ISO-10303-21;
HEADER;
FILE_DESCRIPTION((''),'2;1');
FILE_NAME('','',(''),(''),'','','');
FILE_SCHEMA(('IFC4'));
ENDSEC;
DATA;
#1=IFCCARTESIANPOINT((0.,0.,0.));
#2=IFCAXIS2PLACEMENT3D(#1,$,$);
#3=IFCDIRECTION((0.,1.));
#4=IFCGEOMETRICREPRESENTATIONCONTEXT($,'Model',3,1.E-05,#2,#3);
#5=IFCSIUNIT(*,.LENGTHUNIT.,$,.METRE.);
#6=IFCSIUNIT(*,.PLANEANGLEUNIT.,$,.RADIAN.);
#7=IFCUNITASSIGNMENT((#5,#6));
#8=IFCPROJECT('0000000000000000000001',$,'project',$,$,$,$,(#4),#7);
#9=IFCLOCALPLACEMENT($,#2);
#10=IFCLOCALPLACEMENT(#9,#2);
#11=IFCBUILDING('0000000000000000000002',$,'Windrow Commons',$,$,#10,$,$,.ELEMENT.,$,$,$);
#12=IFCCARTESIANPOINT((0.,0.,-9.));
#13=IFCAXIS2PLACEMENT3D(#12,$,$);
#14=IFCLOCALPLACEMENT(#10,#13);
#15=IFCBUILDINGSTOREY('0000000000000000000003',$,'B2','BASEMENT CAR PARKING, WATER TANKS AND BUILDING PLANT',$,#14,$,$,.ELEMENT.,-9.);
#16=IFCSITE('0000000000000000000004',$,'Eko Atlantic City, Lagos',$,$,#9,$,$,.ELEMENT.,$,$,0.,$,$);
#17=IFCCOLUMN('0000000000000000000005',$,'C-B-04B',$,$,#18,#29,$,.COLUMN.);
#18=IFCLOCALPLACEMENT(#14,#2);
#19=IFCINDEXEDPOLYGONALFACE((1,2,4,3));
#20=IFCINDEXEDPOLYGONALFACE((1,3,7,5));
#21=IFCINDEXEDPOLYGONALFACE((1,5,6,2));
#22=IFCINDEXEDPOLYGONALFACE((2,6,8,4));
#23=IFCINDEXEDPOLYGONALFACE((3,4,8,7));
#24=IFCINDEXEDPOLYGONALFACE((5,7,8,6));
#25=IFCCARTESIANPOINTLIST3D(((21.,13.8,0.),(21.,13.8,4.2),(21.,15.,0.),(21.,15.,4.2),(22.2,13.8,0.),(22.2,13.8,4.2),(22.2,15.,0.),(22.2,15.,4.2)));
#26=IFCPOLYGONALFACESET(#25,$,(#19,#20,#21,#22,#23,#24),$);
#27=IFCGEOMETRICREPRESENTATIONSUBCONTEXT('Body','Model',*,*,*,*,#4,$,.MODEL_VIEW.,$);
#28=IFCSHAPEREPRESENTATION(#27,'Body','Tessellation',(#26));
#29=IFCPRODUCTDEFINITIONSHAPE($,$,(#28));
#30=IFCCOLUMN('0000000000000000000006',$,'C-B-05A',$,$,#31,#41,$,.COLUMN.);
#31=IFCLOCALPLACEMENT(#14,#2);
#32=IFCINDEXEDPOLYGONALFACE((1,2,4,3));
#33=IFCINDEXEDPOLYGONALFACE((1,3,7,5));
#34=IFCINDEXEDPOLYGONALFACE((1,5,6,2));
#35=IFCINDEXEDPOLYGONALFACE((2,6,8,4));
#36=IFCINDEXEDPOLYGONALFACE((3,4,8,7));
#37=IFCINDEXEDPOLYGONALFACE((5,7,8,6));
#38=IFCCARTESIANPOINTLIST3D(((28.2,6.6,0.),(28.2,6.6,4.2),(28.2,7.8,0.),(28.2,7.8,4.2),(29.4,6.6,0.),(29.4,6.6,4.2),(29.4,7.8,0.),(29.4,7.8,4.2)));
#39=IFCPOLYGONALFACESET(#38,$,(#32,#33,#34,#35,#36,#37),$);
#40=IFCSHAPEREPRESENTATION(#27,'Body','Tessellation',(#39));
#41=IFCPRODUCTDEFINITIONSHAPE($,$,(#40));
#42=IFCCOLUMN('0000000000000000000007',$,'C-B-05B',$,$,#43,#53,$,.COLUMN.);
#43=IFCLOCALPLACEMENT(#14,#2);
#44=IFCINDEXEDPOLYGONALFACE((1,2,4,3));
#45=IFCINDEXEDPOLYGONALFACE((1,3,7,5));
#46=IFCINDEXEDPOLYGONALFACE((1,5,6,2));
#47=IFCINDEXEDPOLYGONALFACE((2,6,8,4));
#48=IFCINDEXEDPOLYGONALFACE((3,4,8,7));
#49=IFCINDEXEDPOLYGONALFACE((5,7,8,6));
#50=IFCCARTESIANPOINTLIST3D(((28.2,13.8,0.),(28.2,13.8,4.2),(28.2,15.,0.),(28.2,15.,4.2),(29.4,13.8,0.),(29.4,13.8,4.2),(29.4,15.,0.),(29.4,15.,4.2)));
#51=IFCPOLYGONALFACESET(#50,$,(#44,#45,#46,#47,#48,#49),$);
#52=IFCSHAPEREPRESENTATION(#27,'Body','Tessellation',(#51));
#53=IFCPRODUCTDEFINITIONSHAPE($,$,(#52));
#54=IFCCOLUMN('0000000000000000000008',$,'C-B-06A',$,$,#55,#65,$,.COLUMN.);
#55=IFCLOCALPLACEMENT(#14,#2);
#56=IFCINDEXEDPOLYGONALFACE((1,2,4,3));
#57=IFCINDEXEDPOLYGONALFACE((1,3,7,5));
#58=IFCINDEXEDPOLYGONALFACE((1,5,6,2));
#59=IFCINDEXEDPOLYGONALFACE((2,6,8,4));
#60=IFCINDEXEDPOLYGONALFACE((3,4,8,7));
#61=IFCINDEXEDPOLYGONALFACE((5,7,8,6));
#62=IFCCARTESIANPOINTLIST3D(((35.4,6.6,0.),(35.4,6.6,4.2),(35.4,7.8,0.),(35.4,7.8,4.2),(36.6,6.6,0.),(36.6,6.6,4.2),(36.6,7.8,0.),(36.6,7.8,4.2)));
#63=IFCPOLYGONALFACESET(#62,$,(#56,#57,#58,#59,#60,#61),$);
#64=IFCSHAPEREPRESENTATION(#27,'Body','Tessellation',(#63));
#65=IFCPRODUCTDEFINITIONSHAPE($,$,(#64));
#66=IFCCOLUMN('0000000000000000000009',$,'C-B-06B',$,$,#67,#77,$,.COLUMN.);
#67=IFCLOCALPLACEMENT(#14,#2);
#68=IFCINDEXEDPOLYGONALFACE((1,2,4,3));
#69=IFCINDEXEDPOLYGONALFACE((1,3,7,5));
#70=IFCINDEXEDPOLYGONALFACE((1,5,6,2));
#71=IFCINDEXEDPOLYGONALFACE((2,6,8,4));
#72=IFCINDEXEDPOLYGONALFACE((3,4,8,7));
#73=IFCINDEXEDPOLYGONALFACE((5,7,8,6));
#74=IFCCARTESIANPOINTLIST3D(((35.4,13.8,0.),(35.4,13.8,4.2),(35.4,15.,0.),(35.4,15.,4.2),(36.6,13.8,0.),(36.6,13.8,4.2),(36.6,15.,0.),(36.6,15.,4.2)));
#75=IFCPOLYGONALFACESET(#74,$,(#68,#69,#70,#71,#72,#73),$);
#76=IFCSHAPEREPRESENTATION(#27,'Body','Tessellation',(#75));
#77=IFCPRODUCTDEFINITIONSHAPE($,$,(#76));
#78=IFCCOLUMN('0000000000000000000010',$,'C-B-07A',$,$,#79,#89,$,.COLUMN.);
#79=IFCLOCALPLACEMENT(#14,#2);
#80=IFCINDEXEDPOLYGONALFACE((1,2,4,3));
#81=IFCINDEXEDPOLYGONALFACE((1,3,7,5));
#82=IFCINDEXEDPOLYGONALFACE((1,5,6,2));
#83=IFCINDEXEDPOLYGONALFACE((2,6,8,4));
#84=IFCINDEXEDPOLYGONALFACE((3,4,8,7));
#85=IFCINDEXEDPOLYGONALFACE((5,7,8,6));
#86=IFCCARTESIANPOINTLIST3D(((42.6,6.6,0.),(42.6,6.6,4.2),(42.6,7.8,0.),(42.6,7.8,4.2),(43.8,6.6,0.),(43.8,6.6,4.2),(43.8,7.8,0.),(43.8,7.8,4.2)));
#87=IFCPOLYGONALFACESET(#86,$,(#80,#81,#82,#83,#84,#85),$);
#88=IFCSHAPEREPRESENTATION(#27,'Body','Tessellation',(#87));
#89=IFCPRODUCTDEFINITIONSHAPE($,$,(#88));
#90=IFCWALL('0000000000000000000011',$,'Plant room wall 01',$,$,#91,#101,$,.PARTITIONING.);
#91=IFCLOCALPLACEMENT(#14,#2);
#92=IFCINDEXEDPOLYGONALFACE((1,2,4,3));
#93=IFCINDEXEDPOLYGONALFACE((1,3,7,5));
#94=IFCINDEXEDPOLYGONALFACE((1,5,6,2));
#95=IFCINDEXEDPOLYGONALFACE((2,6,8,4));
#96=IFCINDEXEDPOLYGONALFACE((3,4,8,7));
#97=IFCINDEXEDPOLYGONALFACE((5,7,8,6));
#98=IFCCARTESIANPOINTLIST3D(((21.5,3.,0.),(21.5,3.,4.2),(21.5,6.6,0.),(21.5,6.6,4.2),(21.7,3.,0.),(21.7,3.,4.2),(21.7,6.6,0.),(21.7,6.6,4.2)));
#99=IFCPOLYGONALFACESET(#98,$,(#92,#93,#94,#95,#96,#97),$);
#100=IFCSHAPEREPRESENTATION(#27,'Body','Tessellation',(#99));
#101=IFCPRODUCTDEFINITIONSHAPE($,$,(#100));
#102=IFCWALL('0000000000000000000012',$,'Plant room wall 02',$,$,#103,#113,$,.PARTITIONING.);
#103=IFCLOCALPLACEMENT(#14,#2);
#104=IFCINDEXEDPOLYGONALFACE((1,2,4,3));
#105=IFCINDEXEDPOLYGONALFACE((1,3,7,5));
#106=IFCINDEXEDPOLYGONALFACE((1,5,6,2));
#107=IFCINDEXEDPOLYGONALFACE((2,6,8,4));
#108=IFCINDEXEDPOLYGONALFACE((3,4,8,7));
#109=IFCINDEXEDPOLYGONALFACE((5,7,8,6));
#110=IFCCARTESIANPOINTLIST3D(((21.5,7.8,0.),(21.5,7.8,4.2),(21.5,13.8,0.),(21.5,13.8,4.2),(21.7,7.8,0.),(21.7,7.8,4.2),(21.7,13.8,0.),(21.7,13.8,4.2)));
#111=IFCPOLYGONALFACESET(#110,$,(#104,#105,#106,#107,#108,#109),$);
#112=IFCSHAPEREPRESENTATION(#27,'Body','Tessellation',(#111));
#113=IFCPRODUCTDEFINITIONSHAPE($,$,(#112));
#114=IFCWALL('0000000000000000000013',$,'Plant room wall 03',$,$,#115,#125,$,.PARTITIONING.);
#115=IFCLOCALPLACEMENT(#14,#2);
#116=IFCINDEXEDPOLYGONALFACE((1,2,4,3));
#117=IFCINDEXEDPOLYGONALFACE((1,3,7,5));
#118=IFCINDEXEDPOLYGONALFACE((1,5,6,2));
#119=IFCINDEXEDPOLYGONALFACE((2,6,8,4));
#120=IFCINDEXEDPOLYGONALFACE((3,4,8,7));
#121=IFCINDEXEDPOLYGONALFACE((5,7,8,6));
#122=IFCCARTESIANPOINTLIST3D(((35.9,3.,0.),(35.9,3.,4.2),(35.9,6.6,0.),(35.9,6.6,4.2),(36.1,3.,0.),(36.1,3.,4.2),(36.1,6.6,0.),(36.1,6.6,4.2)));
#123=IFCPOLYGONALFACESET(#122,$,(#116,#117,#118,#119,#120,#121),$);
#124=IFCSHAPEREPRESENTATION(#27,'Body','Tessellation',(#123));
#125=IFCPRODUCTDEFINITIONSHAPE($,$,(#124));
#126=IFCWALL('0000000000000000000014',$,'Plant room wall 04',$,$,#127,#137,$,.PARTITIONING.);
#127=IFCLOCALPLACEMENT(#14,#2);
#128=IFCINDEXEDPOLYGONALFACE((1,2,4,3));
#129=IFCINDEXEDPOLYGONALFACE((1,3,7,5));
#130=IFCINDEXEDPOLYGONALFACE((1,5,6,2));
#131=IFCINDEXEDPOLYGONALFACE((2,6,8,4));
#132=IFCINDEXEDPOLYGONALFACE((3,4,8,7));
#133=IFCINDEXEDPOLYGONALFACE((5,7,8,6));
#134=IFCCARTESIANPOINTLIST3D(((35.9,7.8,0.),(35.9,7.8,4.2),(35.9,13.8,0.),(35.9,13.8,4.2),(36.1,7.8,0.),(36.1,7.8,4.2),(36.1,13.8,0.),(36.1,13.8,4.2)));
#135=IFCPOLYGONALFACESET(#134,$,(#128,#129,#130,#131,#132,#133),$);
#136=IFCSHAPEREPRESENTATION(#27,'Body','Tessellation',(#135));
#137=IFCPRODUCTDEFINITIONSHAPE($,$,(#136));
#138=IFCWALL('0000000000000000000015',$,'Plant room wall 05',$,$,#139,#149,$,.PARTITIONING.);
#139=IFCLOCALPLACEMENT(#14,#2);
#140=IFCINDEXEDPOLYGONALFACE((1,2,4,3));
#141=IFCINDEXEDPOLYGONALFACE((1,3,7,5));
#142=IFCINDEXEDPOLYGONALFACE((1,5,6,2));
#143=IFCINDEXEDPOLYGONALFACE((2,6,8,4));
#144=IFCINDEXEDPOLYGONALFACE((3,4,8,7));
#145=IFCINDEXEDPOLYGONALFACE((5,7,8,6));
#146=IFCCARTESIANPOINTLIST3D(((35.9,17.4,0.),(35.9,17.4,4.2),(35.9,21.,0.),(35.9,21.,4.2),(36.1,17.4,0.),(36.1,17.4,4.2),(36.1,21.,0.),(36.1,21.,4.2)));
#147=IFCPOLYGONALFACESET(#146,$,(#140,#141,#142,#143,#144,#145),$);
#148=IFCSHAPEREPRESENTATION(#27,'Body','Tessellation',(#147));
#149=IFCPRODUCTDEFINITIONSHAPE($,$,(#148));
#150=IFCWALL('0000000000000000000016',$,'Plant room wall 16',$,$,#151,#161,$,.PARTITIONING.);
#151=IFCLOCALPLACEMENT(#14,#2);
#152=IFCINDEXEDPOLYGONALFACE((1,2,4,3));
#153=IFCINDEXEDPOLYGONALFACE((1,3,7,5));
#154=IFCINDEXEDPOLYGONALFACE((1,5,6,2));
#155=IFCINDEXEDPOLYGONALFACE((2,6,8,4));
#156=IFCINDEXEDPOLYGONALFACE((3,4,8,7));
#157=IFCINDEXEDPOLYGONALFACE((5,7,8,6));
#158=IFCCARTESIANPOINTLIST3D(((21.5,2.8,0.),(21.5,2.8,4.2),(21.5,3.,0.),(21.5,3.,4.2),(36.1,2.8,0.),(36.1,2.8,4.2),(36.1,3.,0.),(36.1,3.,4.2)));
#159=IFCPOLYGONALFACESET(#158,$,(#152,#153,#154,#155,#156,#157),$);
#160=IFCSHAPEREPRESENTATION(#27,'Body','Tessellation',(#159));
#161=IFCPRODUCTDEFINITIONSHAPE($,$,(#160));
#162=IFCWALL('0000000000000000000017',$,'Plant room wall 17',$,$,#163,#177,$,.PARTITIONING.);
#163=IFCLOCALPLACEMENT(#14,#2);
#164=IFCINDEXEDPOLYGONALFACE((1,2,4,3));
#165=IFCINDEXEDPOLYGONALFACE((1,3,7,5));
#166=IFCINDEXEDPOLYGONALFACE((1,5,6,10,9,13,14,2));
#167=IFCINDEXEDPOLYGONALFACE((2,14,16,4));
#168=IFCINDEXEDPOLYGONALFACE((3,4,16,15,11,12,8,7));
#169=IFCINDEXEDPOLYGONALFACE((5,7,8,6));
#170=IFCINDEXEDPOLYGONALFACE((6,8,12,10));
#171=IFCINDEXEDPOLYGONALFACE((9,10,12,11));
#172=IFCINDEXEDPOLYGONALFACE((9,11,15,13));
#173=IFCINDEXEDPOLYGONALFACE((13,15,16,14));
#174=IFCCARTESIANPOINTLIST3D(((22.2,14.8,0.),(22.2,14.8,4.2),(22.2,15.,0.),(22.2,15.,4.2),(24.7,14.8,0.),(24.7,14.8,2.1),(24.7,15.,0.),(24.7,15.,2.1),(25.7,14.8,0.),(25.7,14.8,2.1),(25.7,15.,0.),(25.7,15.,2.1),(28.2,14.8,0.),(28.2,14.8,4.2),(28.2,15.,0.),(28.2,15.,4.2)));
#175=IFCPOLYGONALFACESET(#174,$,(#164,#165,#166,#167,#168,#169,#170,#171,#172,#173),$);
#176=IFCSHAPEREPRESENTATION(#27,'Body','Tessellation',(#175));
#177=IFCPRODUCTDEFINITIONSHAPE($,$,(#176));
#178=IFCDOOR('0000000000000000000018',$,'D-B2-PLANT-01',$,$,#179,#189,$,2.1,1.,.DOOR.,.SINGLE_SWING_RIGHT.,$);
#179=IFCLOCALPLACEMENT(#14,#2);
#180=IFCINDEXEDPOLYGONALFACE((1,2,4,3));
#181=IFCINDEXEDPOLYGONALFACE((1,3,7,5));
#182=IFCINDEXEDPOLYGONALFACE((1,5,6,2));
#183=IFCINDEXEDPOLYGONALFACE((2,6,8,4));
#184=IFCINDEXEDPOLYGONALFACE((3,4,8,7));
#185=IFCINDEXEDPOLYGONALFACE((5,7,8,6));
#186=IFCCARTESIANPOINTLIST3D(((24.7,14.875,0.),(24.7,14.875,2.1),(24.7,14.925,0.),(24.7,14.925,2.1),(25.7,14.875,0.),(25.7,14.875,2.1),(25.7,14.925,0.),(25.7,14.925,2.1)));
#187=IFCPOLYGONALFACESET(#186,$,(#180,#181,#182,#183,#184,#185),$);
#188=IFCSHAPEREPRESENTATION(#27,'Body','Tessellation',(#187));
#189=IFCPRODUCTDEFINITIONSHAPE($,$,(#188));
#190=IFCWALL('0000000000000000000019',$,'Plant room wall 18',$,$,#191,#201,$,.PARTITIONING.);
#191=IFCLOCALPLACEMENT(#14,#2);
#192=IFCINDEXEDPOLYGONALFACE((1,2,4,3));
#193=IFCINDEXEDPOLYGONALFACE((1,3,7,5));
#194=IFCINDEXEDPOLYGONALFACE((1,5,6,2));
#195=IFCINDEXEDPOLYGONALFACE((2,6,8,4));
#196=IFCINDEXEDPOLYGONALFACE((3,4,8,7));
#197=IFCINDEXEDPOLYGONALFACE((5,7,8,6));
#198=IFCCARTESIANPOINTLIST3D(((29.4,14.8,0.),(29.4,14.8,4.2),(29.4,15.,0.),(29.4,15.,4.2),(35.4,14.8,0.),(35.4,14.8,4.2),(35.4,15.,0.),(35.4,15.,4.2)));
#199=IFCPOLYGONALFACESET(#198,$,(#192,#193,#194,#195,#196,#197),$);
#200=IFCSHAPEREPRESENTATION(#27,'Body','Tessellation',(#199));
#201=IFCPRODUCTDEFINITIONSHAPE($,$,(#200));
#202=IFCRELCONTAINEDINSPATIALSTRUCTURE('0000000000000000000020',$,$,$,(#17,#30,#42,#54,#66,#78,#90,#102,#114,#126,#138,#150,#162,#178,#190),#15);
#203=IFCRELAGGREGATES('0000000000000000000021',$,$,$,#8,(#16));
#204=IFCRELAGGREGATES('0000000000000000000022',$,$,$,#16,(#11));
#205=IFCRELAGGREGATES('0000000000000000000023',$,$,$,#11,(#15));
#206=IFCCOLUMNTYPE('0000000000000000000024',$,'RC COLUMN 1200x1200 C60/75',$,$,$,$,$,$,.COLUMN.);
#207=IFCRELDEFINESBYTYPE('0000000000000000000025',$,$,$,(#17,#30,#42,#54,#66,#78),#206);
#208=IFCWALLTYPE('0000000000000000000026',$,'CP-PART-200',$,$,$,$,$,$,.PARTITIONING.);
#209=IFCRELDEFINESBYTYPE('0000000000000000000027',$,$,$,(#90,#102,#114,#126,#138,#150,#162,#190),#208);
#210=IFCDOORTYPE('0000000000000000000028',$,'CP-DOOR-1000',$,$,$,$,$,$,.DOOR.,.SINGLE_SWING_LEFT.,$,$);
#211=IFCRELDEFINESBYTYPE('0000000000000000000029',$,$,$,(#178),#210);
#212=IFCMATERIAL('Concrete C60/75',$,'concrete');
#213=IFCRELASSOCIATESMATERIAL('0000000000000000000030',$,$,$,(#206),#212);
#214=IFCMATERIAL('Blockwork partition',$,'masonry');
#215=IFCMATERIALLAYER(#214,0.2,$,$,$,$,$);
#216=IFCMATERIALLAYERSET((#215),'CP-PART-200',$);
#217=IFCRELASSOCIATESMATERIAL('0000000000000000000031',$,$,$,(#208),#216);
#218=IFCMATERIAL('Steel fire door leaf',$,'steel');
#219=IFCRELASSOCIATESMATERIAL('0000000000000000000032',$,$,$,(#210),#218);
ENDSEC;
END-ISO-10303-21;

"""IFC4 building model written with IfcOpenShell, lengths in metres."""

from ifc_helpers import new_model, si_unit, direction, frame, frame_2d, origin, origin_2d, place, context, subcontext, project, spatial, rectangle, extrude, material, layer, layer_set, material_profile, profile_set, type_object, element, fill, save


model = new_model("IFC4")

# Units and contexts
model_context = context("Model", 3, precision=1e-05, world=origin(), true_north=direction((0.0, 1.0)))
body_context = subcontext(model_context, "Body", "Model", "MODEL_VIEW")
ifc_project = project(units=[si_unit("LENGTHUNIT", "METRE"), si_unit("PLANEANGLEUNIT", "RADIAN")], contexts=[model_context])

# Site, building, storey
site_placement = place(None, origin())
site = spatial("IfcSite", under=ifc_project, at=site_placement, Name="Eko Atlantic City, Lagos", CompositionType="ELEMENT", RefElevation=0.0)
building_placement = place(site_placement, origin())
building = spatial("IfcBuilding", under=site, at=building_placement, Name="Windrow Commons", CompositionType="ELEMENT")
storey_placement = place(building_placement, frame((0.0, 0.0, -9.0)))
storey = spatial("IfcBuildingStorey", under=building, at=storey_placement, Name="B2", Description="BASEMENT CAR PARKING, WATER TANKS AND BUILDING PLANT", CompositionType="ELEMENT", Elevation=-9.0)

# Columns
ifc_material_1 = material(Name="Concrete C60/75", Category="concrete")
ifc_material_profile_1 = material_profile(ifc_material_1, rectangle(XDim=1.2, YDim=1.2, at=origin_2d()))
ifc_profile_set_1 = profile_set([ifc_material_profile_1], Name="Concrete C60/75")
column_type = type_object("IfcColumnType", Name="RC COLUMN 1200x1200 C60/75", PredefinedType="COLUMN", material=ifc_profile_set_1)
for number, where, z_axis, x_axis, name in (
    (1, (21.6, 14.4, 0.0), (0.0, 0.0, 1.0), (1.0, 0.0, 0.0), "C-B-04B"),
    (2, (28.8, 7.2, 0.0), (0.0, 0.0, 1.0), (1.0, 0.0, 0.0), "C-B-05A"),
    (3, (28.8, 14.4, 0.0), (0.0, 0.0, 1.0), (1.0, 0.0, 0.0), "C-B-05B"),
    (4, (36.0, 7.2, 0.0), (0.0, 0.0, 1.0), (1.0, 0.0, 0.0), "C-B-06A"),
    (5, (36.0, 14.4, 0.0), (0.0, 0.0, 1.0), (1.0, 0.0, 0.0), "C-B-06B"),
    (6, (43.2, 7.2, 0.0), (0.0, 0.0, 1.0), (1.0, 0.0, 0.0), "C-B-07A"),
):
    element("IfcColumn", number, at=place(storey_placement, frame(where, z_axis=z_axis, x_axis=x_axis)), inside=storey, type_object=column_type, Name=name, PredefinedType="COLUMN", context=body_context, shape_type="SweptSolid", body=[
        extrude(rectangle(XDim=1.2, YDim=1.2, at=origin_2d()), origin(), (0.0, 0.0, 1.0), 4.2),
    ])

# Walls
ifc_material_2 = material(Name="Blockwork partition", Category="masonry")
ifc_layer_1 = layer(ifc_material_2, 0.2)
ifc_layer_set_1 = layer_set([ifc_layer_1], Name="CP-PART-200")
wall_type_1 = type_object("IfcWallType", Name="CP-PART-200", PredefinedType="PARTITIONING", material=ifc_layer_set_1)
wall_1_placement = place(storey_placement, frame((21.6, 3.0, 0.0), z_axis=(0.0, 0.0, 1.0), x_axis=(0.0, 1.0, 0.0)))
element("IfcWall", 7, at=wall_1_placement, inside=storey, type_object=wall_type_1, Name="Plant room wall 01", PredefinedType="PARTITIONING", context=body_context, shape_type="SweptSolid", body=[
    extrude(rectangle(XDim=3.6, YDim=0.2, at=frame_2d((1.8, 0.0))), origin(), (0.0, 0.0, 1.0), 4.2),
])
wall_2_placement = place(storey_placement, frame((21.6, 7.8, 0.0), z_axis=(0.0, 0.0, 1.0), x_axis=(0.0, 1.0, 0.0)))
element("IfcWall", 8, at=wall_2_placement, inside=storey, type_object=wall_type_1, Name="Plant room wall 02", PredefinedType="PARTITIONING", context=body_context, shape_type="SweptSolid", body=[
    extrude(rectangle(XDim=6.0, YDim=0.2, at=frame_2d((3.0, 0.0))), origin(), (0.0, 0.0, 1.0), 4.2),
])
wall_3_placement = place(storey_placement, frame((36.0, 3.0, 0.0), z_axis=(0.0, 0.0, 1.0), x_axis=(0.0, 1.0, 0.0)))
element("IfcWall", 9, at=wall_3_placement, inside=storey, type_object=wall_type_1, Name="Plant room wall 03", PredefinedType="PARTITIONING", context=body_context, shape_type="SweptSolid", body=[
    extrude(rectangle(XDim=3.6, YDim=0.2, at=frame_2d((1.8, 0.0))), origin(), (0.0, 0.0, 1.0), 4.2),
])
wall_4_placement = place(storey_placement, frame((36.0, 7.8, 0.0), z_axis=(0.0, 0.0, 1.0), x_axis=(0.0, 1.0, 0.0)))
element("IfcWall", 10, at=wall_4_placement, inside=storey, type_object=wall_type_1, Name="Plant room wall 04", PredefinedType="PARTITIONING", context=body_context, shape_type="SweptSolid", body=[
    extrude(rectangle(XDim=6.0, YDim=0.2, at=frame_2d((3.0, 0.0))), origin(), (0.0, 0.0, 1.0), 4.2),
])
wall_5_placement = place(storey_placement, frame((36.0, 17.4, 0.0), z_axis=(0.0, 0.0, 1.0), x_axis=(0.0, 1.0, 0.0)))
element("IfcWall", 11, at=wall_5_placement, inside=storey, type_object=wall_type_1, Name="Plant room wall 05", PredefinedType="PARTITIONING", context=body_context, shape_type="SweptSolid", body=[
    extrude(rectangle(XDim=3.6, YDim=0.2, at=frame_2d((1.8, 0.0))), origin(), (0.0, 0.0, 1.0), 4.2),
])
wall_6_placement = place(storey_placement, frame((21.5, 2.9, 0.0), z_axis=(0.0, 0.0, 1.0), x_axis=(1.0, 0.0, 0.0)))
element("IfcWall", 12, at=wall_6_placement, inside=storey, type_object=wall_type_1, Name="Plant room wall 16", PredefinedType="PARTITIONING", context=body_context, shape_type="SweptSolid", body=[
    extrude(rectangle(XDim=14.6, YDim=0.2, at=frame_2d((7.3, 0.0))), origin(), (0.0, 0.0, 1.0), 4.2),
])

# Wall, opening, door
wall_7_placement = place(storey_placement, frame((22.2, 14.9, 0.0), z_axis=(0.0, 0.0, 1.0), x_axis=(1.0, 0.0, 0.0)))
wall_7 = element("IfcWall", 13, at=wall_7_placement, inside=storey, type_object=wall_type_1, Name="Plant room wall 17", PredefinedType="PARTITIONING", context=body_context, shape_type="SweptSolid", body=[
    extrude(rectangle(XDim=6.0, YDim=0.2, at=frame_2d((3.0, 0.0))), origin(), (0.0, 0.0, 1.0), 4.2),
])
opening_placement = place(wall_7_placement, frame((2.5, 0.0, 0.0)))
opening = element("IfcOpeningElement", 14, at=opening_placement, cuts=wall_7, PredefinedType="OPENING", context=body_context, shape_type="SweptSolid", body=[
    extrude(rectangle(XDim=1.0, YDim=2.1, at=frame_2d((0.5, 1.05))), frame((0.0, 0.11, 0.0), z_axis=(0.0, -1.0, 0.0), x_axis=(1.0, 0.0, 0.0)), (0.0, 0.0, 1.0), 0.22),
])
ifc_material_3 = material(Name="Steel fire door leaf", Category="steel")
door_type = type_object("IfcDoorType", Name="CP-DOOR-1000", OperationType="SINGLE_SWING_LEFT", PredefinedType="DOOR", material=ifc_material_3)
door_placement = place(opening_placement, origin())
door = element("IfcDoor", 15, at=door_placement, inside=storey, type_object=door_type, Name="D-B2-PLANT-01", OperationType="SINGLE_SWING_RIGHT", OverallHeight=2.1, OverallWidth=1.0, PredefinedType="DOOR", context=body_context, shape_type="SweptSolid", body=[
    extrude(rectangle(XDim=1.0, YDim=2.1, at=frame_2d((0.5, 1.05))), frame((0.0, 0.025, 0.0), z_axis=(0.0, -1.0, 0.0), x_axis=(1.0, 0.0, 0.0)), (0.0, 0.0, 1.0), 0.05),
])
fill(opening, door)

# Wall
wall_8_placement = place(storey_placement, frame((29.4, 14.9, 0.0), z_axis=(0.0, 0.0, 1.0), x_axis=(1.0, 0.0, 0.0)))
element("IfcWall", 16, at=wall_8_placement, inside=storey, type_object=wall_type_1, Name="Plant room wall 18", PredefinedType="PARTITIONING", context=body_context, shape_type="SweptSolid", body=[
    extrude(rectangle(XDim=6.0, YDim=0.2, at=frame_2d((3.0, 0.0))), origin(), (0.0, 0.0, 1.0), 4.2),
])

save(model, "model.ifc")
